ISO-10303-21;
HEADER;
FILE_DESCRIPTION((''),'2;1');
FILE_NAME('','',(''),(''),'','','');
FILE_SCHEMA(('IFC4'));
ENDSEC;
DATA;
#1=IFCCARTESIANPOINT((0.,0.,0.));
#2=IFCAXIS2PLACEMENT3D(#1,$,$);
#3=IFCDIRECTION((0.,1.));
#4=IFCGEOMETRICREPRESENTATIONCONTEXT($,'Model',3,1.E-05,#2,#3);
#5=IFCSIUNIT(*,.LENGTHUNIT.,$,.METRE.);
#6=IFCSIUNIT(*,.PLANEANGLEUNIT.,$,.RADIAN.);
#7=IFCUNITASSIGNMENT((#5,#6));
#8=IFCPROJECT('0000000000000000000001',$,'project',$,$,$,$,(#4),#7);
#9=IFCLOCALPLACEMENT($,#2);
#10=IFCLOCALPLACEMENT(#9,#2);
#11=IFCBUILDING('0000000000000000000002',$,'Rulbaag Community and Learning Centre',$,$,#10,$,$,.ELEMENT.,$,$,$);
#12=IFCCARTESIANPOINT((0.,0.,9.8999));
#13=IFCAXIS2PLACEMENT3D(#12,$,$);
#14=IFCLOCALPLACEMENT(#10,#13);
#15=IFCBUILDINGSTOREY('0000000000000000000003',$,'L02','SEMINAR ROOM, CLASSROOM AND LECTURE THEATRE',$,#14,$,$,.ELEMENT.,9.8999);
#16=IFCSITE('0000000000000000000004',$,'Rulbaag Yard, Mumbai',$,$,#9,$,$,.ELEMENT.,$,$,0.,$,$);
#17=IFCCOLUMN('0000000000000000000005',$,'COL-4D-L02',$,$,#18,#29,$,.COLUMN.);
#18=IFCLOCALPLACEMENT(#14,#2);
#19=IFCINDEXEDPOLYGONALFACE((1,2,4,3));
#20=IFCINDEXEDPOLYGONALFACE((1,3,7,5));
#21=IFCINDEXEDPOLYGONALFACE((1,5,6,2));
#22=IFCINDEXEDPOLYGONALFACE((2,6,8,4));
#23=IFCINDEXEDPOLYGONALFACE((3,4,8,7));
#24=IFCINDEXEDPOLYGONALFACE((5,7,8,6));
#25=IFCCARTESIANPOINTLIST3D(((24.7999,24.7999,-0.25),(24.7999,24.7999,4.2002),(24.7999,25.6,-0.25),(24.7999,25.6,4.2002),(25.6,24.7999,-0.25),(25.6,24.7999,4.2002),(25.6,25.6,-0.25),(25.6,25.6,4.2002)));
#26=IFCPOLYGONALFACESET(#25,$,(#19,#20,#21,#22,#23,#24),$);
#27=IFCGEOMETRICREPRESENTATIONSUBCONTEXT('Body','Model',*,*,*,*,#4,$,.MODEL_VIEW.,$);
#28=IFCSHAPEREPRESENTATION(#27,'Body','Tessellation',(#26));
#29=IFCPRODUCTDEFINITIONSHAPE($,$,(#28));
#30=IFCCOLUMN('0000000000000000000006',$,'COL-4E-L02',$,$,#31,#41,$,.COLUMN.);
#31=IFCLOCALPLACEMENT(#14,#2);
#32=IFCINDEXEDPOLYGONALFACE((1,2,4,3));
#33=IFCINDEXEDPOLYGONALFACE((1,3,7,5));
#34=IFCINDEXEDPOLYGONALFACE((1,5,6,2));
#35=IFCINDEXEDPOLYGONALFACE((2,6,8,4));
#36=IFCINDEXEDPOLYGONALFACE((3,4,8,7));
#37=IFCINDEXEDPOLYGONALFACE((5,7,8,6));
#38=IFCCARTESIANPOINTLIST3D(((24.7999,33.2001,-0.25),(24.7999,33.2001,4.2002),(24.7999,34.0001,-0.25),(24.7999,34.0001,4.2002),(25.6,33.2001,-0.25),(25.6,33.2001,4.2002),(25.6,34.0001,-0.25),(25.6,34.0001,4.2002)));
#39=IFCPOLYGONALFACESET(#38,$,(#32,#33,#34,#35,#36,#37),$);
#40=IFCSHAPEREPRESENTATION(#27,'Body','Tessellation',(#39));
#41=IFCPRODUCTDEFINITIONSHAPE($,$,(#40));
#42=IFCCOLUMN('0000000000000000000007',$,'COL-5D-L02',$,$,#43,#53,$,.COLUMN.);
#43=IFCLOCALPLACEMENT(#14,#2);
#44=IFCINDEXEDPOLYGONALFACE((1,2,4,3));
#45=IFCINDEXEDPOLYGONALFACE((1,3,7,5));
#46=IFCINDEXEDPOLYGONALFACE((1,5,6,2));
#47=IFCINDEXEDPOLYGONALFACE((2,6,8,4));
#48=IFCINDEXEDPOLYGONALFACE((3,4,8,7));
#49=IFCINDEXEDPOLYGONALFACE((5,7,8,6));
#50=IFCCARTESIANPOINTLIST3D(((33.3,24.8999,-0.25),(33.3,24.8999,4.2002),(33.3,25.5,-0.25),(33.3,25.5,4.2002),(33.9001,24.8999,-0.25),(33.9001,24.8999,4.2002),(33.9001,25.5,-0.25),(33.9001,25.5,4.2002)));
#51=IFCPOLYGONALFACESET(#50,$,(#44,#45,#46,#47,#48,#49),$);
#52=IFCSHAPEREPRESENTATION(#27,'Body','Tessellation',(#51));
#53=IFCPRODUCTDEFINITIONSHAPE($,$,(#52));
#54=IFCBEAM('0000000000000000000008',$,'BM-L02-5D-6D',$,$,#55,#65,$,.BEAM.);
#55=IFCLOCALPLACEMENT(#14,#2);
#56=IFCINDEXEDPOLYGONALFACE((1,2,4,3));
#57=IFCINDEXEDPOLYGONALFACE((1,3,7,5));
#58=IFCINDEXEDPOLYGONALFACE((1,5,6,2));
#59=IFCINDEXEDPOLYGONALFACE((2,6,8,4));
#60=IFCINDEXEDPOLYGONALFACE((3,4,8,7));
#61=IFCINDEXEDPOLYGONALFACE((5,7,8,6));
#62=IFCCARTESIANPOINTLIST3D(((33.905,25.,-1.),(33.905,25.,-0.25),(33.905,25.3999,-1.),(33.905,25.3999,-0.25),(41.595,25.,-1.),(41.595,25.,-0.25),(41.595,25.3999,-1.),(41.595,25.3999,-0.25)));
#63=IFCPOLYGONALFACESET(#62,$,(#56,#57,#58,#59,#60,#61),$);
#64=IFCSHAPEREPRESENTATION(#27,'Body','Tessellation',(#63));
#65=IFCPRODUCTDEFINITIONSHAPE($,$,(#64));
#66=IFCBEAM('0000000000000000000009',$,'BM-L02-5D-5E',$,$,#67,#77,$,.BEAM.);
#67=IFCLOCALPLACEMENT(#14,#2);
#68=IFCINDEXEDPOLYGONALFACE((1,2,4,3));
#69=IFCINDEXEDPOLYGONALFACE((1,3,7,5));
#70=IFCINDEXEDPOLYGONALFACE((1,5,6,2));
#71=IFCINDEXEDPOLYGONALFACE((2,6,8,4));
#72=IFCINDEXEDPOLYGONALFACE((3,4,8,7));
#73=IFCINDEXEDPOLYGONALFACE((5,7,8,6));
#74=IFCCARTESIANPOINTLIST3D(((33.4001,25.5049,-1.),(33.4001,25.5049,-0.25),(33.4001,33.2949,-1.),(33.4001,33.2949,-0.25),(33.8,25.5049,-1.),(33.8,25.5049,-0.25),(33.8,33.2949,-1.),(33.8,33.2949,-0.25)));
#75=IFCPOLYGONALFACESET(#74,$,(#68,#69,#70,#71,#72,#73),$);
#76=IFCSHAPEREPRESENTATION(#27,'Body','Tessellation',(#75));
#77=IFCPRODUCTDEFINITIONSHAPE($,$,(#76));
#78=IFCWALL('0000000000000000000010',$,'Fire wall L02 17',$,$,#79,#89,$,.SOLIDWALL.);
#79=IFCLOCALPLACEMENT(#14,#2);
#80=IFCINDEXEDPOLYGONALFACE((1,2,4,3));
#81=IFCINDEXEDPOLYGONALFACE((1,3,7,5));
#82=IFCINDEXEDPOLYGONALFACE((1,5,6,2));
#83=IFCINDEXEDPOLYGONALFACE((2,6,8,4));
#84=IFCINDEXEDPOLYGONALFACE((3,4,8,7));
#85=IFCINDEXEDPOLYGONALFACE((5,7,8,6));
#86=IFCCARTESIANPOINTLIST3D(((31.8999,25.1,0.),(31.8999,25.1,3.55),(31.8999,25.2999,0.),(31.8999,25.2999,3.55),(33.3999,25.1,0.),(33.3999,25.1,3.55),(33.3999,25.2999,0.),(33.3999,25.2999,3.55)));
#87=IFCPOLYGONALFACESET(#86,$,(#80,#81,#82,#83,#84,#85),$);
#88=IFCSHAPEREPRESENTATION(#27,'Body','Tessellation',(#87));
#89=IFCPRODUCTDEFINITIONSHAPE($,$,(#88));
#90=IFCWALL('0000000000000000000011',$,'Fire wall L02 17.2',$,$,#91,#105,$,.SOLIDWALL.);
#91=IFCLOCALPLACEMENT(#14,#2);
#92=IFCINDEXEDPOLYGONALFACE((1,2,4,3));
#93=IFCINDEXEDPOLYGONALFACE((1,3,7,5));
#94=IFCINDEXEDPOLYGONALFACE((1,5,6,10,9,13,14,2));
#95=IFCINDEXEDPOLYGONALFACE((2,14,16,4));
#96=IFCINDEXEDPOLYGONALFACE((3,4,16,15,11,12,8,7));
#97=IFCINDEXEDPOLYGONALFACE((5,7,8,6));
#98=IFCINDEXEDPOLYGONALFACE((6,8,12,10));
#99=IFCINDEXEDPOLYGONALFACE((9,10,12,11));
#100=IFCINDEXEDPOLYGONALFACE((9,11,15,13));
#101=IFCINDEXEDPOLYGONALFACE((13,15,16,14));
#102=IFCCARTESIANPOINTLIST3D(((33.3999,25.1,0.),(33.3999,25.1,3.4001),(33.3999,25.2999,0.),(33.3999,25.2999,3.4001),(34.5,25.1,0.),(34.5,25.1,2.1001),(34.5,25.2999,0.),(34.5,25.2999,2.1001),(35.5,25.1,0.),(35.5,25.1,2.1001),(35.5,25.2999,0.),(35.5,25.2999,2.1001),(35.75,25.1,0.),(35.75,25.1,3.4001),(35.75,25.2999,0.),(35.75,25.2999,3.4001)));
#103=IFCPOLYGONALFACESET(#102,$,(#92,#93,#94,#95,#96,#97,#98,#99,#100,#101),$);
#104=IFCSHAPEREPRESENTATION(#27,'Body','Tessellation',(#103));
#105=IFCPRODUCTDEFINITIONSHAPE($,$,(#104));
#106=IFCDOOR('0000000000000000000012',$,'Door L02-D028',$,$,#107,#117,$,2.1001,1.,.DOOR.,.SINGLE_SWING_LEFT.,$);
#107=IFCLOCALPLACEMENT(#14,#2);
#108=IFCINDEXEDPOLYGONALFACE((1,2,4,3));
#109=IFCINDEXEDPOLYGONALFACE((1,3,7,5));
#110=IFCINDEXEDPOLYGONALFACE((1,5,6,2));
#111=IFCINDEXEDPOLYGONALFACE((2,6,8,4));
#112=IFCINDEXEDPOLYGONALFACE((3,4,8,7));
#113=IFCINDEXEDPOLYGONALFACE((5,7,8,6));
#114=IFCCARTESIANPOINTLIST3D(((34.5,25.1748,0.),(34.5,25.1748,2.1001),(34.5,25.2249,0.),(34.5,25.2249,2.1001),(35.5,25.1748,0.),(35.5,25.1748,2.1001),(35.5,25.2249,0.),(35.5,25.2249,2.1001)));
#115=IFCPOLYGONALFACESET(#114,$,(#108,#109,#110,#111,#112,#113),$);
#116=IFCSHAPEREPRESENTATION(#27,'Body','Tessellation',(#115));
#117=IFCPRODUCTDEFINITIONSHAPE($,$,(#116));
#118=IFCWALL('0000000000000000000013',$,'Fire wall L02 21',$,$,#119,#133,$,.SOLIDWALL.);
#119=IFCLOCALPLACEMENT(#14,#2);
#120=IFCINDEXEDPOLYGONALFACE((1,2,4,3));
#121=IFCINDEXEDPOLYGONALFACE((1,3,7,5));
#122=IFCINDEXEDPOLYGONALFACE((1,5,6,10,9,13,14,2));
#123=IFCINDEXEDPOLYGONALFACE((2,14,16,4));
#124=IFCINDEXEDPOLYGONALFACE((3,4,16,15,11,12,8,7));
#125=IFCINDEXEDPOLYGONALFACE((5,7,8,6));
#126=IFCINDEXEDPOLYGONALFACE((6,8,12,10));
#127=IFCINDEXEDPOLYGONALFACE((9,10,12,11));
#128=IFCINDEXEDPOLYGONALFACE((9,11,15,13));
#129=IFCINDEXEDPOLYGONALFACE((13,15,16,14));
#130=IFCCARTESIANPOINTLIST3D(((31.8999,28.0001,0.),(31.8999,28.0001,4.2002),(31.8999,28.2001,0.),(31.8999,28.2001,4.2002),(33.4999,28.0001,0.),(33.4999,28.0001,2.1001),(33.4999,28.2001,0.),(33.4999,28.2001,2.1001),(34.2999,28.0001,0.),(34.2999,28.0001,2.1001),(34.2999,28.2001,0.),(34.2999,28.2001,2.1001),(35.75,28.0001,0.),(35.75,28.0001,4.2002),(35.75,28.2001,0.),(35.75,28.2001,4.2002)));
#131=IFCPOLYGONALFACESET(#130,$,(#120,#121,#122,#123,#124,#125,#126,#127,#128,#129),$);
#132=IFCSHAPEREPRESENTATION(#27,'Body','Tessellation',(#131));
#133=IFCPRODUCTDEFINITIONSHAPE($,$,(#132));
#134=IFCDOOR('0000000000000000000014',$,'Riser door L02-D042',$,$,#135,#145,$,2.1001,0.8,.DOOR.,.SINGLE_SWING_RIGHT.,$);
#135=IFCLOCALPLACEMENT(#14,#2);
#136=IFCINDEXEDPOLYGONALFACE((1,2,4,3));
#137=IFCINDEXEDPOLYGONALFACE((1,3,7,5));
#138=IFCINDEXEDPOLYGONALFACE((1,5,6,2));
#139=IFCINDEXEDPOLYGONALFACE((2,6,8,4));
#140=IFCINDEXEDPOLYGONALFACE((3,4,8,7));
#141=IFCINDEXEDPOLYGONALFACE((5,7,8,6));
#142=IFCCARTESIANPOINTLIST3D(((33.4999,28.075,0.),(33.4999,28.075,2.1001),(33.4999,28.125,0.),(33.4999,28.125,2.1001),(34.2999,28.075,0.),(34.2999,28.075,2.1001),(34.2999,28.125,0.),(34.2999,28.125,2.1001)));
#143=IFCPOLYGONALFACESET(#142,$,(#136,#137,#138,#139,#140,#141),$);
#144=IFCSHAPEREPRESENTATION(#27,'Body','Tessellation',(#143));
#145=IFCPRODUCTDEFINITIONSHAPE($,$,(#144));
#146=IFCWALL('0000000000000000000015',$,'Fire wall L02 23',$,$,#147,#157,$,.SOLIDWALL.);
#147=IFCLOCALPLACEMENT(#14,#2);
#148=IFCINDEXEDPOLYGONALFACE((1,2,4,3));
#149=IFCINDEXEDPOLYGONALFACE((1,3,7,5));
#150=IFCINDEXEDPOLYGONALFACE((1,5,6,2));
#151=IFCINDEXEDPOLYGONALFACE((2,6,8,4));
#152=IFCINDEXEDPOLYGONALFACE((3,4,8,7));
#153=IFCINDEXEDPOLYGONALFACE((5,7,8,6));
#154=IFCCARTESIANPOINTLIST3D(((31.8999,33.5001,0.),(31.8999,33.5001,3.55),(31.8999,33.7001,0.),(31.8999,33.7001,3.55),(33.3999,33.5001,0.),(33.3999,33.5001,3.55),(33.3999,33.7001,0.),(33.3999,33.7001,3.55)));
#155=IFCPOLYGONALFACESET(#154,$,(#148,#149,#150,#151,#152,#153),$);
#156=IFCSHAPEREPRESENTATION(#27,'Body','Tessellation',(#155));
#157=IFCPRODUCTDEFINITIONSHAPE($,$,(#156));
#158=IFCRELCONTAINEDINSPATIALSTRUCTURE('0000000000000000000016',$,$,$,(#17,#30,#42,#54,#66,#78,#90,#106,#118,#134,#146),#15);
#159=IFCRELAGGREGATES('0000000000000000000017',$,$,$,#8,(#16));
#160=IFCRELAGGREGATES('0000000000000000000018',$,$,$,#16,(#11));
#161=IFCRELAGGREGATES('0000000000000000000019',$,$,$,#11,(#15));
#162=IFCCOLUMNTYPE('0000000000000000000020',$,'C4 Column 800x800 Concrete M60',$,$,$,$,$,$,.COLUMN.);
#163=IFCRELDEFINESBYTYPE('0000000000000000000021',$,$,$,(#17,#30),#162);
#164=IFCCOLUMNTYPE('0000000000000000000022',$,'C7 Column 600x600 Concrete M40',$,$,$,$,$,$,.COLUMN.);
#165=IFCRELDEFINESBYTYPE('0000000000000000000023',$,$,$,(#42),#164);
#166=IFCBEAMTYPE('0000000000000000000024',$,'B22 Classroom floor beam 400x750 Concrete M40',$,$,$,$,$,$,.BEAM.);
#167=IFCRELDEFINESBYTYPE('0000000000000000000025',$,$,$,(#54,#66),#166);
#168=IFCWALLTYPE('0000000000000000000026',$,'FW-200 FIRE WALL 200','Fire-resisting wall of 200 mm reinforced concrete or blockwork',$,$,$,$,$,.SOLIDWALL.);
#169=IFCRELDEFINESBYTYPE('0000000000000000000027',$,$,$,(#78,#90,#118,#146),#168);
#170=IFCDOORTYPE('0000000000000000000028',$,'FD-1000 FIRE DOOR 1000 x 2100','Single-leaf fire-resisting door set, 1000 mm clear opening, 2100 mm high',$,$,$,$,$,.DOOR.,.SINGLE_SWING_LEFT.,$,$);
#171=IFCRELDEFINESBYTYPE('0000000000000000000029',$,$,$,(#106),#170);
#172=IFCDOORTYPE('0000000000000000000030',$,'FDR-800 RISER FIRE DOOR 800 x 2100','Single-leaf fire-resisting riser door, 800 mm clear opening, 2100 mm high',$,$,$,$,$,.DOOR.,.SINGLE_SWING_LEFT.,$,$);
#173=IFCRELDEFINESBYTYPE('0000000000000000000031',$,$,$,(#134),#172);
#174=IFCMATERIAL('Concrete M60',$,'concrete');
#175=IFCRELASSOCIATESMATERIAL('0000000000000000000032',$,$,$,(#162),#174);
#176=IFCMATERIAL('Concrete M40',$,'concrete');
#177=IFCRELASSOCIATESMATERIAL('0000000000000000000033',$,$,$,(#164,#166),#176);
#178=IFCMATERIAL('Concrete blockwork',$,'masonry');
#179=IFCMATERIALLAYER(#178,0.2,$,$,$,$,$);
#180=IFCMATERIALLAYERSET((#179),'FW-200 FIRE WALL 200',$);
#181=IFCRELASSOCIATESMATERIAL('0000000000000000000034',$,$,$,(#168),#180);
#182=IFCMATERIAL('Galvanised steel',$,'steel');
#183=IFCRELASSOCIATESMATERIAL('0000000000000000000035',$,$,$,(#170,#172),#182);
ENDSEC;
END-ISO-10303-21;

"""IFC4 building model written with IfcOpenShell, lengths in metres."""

from ifc_helpers import new_model, si_unit, direction, frame, frame_2d, origin, origin_2d, place, context, subcontext, project, spatial, rectangle, extrude, material, layer, layer_set, material_profile, profile_set, type_object, element, fill, save


model = new_model("IFC4")

# Units and contexts
model_context = context("Model", 3, precision=1e-05, world=origin(), true_north=direction((0.0, 1.0)))
body_context = subcontext(model_context, "Body", "Model", "MODEL_VIEW")
ifc_project = project(units=[si_unit("LENGTHUNIT", "METRE"), si_unit("PLANEANGLEUNIT", "RADIAN")], contexts=[model_context])

# Site, building, storey
site_placement = place(None, origin())
site = spatial("IfcSite", under=ifc_project, at=site_placement, Name="Rulbaag Yard, Mumbai", CompositionType="ELEMENT", RefElevation=0.0)
building_placement = place(site_placement, origin())
building = spatial("IfcBuilding", under=site, at=building_placement, Name="Rulbaag Community and Learning Centre", CompositionType="ELEMENT")
storey_placement = place(building_placement, frame((0.0, 0.0, 9.8999)))
storey = spatial("IfcBuildingStorey", under=building, at=storey_placement, Name="L02", Description="SEMINAR ROOM, CLASSROOM AND LECTURE THEATRE", CompositionType="ELEMENT", Elevation=9.8999)

# Columns
ifc_material_1 = material(Name="Concrete M60", Category="concrete")
ifc_material_profile_1 = material_profile(ifc_material_1, rectangle(XDim=0.8, YDim=0.8, at=origin_2d()), Name="RC800x800")
ifc_profile_set_1 = profile_set([ifc_material_profile_1], Name="Concrete M60")
column_type_1 = type_object("IfcColumnType", Name="C4 Column 800x800 Concrete M60", PredefinedType="COLUMN", material=ifc_profile_set_1)
for number, where, z_axis, x_axis, name in (
    (1, (25.2, 25.2, -0.25), (0.0, 0.0, 1.0), (1.0, 0.0, 0.0), "COL-4D-L02"),
    (2, (25.2, 33.6001, -0.25), (0.0, 0.0, 1.0), (1.0, 0.0, 0.0), "COL-4E-L02"),
):
    element("IfcColumn", number, at=place(storey_placement, frame(where, z_axis=z_axis, x_axis=x_axis)), inside=storey, type_object=column_type_1, Name=name, PredefinedType="COLUMN", context=body_context, shape_type="SweptSolid", body=[
        extrude(rectangle(XDim=0.8, YDim=0.8, at=origin_2d()), origin(), (0.0, 0.0, 1.0), 4.4502),
    ])
ifc_material_2 = material(Name="Concrete M40", Category="concrete")
ifc_material_profile_2 = material_profile(ifc_material_2, rectangle(XDim=0.6001, YDim=0.6001, at=origin_2d()), Name="RC600x600")
ifc_profile_set_2 = profile_set([ifc_material_profile_2], Name="Concrete M40")
column_type_2 = type_object("IfcColumnType", Name="C7 Column 600x600 Concrete M40", PredefinedType="COLUMN", material=ifc_profile_set_2)
column_placement = place(storey_placement, frame((33.6001, 25.2, -0.25), z_axis=(0.0, 0.0, 1.0), x_axis=(1.0, 0.0, 0.0)))
element("IfcColumn", 3, at=column_placement, inside=storey, type_object=column_type_2, Name="COL-5D-L02", PredefinedType="COLUMN", context=body_context, shape_type="SweptSolid", body=[
    extrude(rectangle(XDim=0.6001, YDim=0.6001, at=origin_2d()), origin(), (0.0, 0.0, 1.0), 4.4502),
])

# Beams
ifc_material_profile_3 = material_profile(ifc_material_2, rectangle(XDim=0.3999, YDim=0.75, at=origin_2d()), Name="RB400x750")
ifc_profile_set_3 = profile_set([ifc_material_profile_3], Name="Concrete M40")
beam_type = type_object("IfcBeamType", Name="B22 Classroom floor beam 400x750 Concrete M40", PredefinedType="BEAM", material=ifc_profile_set_3)
beam_1_placement = place(storey_placement, frame((33.905, 25.2, -0.625), z_axis=(1.0, 0.0, 0.0), x_axis=(0.0, 1.0, 0.0)))
element("IfcBeam", 4, at=beam_1_placement, inside=storey, type_object=beam_type, Name="BM-L02-5D-6D", PredefinedType="BEAM", context=body_context, shape_type="SweptSolid", body=[
    extrude(rectangle(XDim=0.3999, YDim=0.75, at=origin_2d()), origin(), (0.0, 0.0, 1.0), 7.6899),
])
beam_2_placement = place(storey_placement, frame((33.6001, 25.5049, -0.625), z_axis=(0.0, 1.0, 0.0), x_axis=(-1.0, 0.0, 0.0)))
element("IfcBeam", 5, at=beam_2_placement, inside=storey, type_object=beam_type, Name="BM-L02-5D-5E", PredefinedType="BEAM", context=body_context, shape_type="SweptSolid", body=[
    extrude(rectangle(XDim=0.3999, YDim=0.75, at=origin_2d()), origin(), (0.0, 0.0, 1.0), 7.79),
])

# Wall
ifc_material_3 = material(Name="Concrete blockwork", Category="masonry")
ifc_layer_1 = layer(ifc_material_3, 0.2)
ifc_layer_set_1 = layer_set([ifc_layer_1], Name="FW-200 FIRE WALL 200")
wall_type_1 = type_object("IfcWallType", Name="FW-200 FIRE WALL 200", Description="Fire-resisting wall of 200 mm reinforced concrete or blockwork", PredefinedType="SOLIDWALL", material=ifc_layer_set_1)
wall_1_placement = place(storey_placement, frame((31.8999, 25.2, 0.0), z_axis=(0.0, 0.0, 1.0), x_axis=(1.0, 0.0, 0.0)))
element("IfcWall", 6, at=wall_1_placement, inside=storey, type_object=wall_type_1, Name="Fire wall L02 17", PredefinedType="SOLIDWALL", context=body_context, shape_type="SweptSolid", body=[
    extrude(rectangle(XDim=1.5, YDim=0.2, at=frame_2d((0.75, 0.0))), origin(), (0.0, 0.0, 1.0), 3.55),
])

# Walls, openings, doors
wall_2_placement = place(storey_placement, frame((33.3999, 25.2, 0.0), z_axis=(0.0, 0.0, 1.0), x_axis=(1.0, 0.0, 0.0)))
wall_2 = element("IfcWall", 7, at=wall_2_placement, inside=storey, type_object=wall_type_1, Name="Fire wall L02 17.2", PredefinedType="SOLIDWALL", context=body_context, shape_type="SweptSolid", body=[
    extrude(rectangle(XDim=2.3501, YDim=0.2, at=frame_2d((1.175, 0.0))), origin(), (0.0, 0.0, 1.0), 3.4001),
])
opening_1_placement = place(wall_2_placement, frame((1.1001, 0.0, 0.0)))
opening_1 = element("IfcOpeningElement", 8, at=opening_1_placement, cuts=wall_2, PredefinedType="OPENING", context=body_context, shape_type="SweptSolid", body=[
    extrude(rectangle(XDim=1.0, YDim=2.1001, at=frame_2d((0.5, 1.05))), frame((0.0, 0.1099, 0.0), z_axis=(0.0, -1.0, 0.0), x_axis=(1.0, 0.0, 0.0)), (0.0, 0.0, 1.0), 0.22),
])
ifc_material_4 = material(Name="Galvanised steel", Category="steel")
door_type_1 = type_object("IfcDoorType", Name="FD-1000 FIRE DOOR 1000 x 2100", Description="Single-leaf fire-resisting door set, 1000 mm clear opening, 2100 mm high", OperationType="SINGLE_SWING_LEFT", PredefinedType="DOOR", material=ifc_material_4)
door_1_placement = place(opening_1_placement, origin())
door_1 = element("IfcDoor", 9, at=door_1_placement, inside=storey, type_object=door_type_1, Name="Door L02-D028", OperationType="SINGLE_SWING_LEFT", OverallHeight=2.1001, OverallWidth=1.0, PredefinedType="DOOR", context=body_context, shape_type="SweptSolid", body=[
    extrude(rectangle(XDim=1.0, YDim=2.1001, at=frame_2d((0.5, 1.05))), frame((0.0, 0.0249, 0.0), z_axis=(0.0, -1.0, 0.0), x_axis=(1.0, 0.0, 0.0)), (0.0, 0.0, 1.0), 0.05),
])
fill(opening_1, door_1)
wall_3_placement = place(storey_placement, frame((31.8999, 28.1001, 0.0), z_axis=(0.0, 0.0, 1.0), x_axis=(1.0, 0.0, 0.0)))
wall_3 = element("IfcWall", 10, at=wall_3_placement, inside=storey, type_object=wall_type_1, Name="Fire wall L02 21", PredefinedType="SOLIDWALL", context=body_context, shape_type="SweptSolid", body=[
    extrude(rectangle(XDim=3.8501, YDim=0.2, at=frame_2d((1.925, 0.0))), origin(), (0.0, 0.0, 1.0), 4.2002),
])
opening_2_placement = place(wall_3_placement, frame((1.6001, 0.0, 0.0)))
opening_2 = element("IfcOpeningElement", 11, at=opening_2_placement, cuts=wall_3, PredefinedType="OPENING", context=body_context, shape_type="SweptSolid", body=[
    extrude(rectangle(XDim=0.8, YDim=2.1001, at=frame_2d((0.3999, 1.05))), frame((0.0, 0.1099, 0.0), z_axis=(0.0, -1.0, 0.0), x_axis=(1.0, 0.0, 0.0)), (0.0, 0.0, 1.0), 0.22),
])
door_type_2 = type_object("IfcDoorType", Name="FDR-800 RISER FIRE DOOR 800 x 2100", Description="Single-leaf fire-resisting riser door, 800 mm clear opening, 2100 mm high", OperationType="SINGLE_SWING_LEFT", PredefinedType="DOOR", material=ifc_material_4)
door_2_placement = place(opening_2_placement, origin())
door_2 = element("IfcDoor", 12, at=door_2_placement, inside=storey, type_object=door_type_2, Name="Riser door L02-D042", OperationType="SINGLE_SWING_RIGHT", OverallHeight=2.1001, OverallWidth=0.8, PredefinedType="DOOR", context=body_context, shape_type="SweptSolid", body=[
    extrude(rectangle(XDim=0.8, YDim=2.1001, at=frame_2d((0.3999, 1.05))), frame((0.0, 0.0249, 0.0), z_axis=(0.0, -1.0, 0.0), x_axis=(1.0, 0.0, 0.0)), (0.0, 0.0, 1.0), 0.05),
])
fill(opening_2, door_2)

# Wall
wall_4_placement = place(storey_placement, frame((31.8999, 33.6001, 0.0), z_axis=(0.0, 0.0, 1.0), x_axis=(1.0, 0.0, 0.0)))
element("IfcWall", 13, at=wall_4_placement, inside=storey, type_object=wall_type_1, Name="Fire wall L02 23", PredefinedType="SOLIDWALL", context=body_context, shape_type="SweptSolid", body=[
    extrude(rectangle(XDim=1.5, YDim=0.2, at=frame_2d((0.75, 0.0))), origin(), (0.0, 0.0, 1.0), 3.55),
])

save(model, "model.ifc")
